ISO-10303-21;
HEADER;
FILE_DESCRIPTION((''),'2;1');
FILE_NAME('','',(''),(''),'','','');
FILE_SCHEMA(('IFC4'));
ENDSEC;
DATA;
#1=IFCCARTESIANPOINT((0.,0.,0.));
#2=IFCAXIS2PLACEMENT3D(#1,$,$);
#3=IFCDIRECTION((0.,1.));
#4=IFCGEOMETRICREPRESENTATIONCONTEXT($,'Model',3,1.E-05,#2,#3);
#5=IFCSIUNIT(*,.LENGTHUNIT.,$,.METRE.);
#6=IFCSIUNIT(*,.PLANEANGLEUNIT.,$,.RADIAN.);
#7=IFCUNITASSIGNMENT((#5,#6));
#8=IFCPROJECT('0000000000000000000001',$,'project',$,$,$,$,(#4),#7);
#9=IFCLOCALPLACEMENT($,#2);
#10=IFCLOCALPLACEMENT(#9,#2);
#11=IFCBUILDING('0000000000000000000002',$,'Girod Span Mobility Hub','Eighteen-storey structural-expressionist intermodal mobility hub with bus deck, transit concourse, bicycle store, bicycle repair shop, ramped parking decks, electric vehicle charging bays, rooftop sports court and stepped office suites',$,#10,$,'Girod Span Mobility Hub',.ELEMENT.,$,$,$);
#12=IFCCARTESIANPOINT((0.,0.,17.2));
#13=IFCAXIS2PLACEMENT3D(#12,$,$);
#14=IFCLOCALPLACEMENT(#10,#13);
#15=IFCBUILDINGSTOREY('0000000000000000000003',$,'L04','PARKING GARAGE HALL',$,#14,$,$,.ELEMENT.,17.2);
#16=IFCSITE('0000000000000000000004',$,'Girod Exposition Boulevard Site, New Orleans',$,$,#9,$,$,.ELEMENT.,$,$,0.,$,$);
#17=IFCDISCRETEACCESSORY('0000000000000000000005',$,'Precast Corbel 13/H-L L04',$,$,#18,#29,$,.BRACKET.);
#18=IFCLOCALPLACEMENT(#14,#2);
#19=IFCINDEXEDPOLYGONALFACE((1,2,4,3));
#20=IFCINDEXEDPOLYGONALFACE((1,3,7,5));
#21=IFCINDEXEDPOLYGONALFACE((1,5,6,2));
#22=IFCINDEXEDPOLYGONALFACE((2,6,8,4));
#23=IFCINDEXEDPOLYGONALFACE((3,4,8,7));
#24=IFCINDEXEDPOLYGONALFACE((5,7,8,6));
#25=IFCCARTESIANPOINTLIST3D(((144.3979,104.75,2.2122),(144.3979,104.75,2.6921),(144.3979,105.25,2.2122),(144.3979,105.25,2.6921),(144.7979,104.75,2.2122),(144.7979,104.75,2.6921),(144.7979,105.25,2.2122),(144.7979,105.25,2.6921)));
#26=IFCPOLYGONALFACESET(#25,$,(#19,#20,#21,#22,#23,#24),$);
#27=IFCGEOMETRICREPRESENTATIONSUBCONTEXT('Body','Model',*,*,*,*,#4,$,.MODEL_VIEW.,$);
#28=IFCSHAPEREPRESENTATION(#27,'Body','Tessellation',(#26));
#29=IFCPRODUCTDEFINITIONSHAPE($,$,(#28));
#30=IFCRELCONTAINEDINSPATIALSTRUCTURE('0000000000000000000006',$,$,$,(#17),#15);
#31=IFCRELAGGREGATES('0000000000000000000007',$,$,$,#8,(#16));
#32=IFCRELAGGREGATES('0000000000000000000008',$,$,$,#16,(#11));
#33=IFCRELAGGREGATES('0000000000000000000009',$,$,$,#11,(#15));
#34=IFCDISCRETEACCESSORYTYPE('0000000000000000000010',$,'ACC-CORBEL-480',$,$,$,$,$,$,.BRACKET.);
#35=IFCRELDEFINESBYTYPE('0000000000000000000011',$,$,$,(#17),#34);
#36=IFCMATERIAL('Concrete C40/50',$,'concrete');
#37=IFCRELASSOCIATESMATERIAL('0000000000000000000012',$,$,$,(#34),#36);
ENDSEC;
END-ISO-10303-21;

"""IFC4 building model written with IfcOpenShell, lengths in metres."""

from ifc_helpers import new_model, si_unit, direction, frame, origin, origin_2d, place, context, subcontext, project, spatial, rectangle, extrude, material, type_object, element, save


model = new_model("IFC4")

# Units and contexts
model_context = context("Model", 3, precision=1e-05, world=origin(), true_north=direction((0.0, 1.0)))
body_context = subcontext(model_context, "Body", "Model", "MODEL_VIEW")
ifc_project = project(units=[si_unit("LENGTHUNIT", "METRE"), si_unit("PLANEANGLEUNIT", "RADIAN")], contexts=[model_context])

# Site, building, storey
site_placement = place(None, origin())
site = spatial("IfcSite", under=ifc_project, at=site_placement, Name="Girod Exposition Boulevard Site, New Orleans", CompositionType="ELEMENT", RefElevation=0.0)
building_placement = place(site_placement, origin())
building = spatial("IfcBuilding", under=site, at=building_placement, Name="Girod Span Mobility Hub", Description="Eighteen-storey structural-expressionist intermodal mobility hub with bus deck, transit concourse, bicycle store, bicycle repair shop, ramped parking decks, electric vehicle charging bays, rooftop sports court and stepped office suites", LongName="Girod Span Mobility Hub", CompositionType="ELEMENT")
storey_placement = place(building_placement, frame((0.0, 0.0, 17.2)))
storey = spatial("IfcBuildingStorey", under=building, at=storey_placement, Name="L04", Description="PARKING GARAGE HALL", CompositionType="ELEMENT", Elevation=17.2)

# Discrete accessory
ifc_material_1 = material(Name="Concrete C40/50", Category="concrete")
discrete_accessory_type = type_object("IfcDiscreteAccessoryType", Name="ACC-CORBEL-480", PredefinedType="BRACKET", material=ifc_material_1)
for number, where, z_axis, x_axis, name in (
    (1, (144.5979, 105.0, 2.2122), (0.0, 0.0, 1.0), (1.0, 0.0, 0.0), "Precast Corbel 13/H-L L04"),
):
    element("IfcDiscreteAccessory", number, at=place(storey_placement, frame(where, z_axis=z_axis, x_axis=x_axis)), inside=storey, type_object=discrete_accessory_type, Name=name, PredefinedType="BRACKET", context=body_context, shape_type="SweptSolid", body=[
        extrude(rectangle(XDim=0.3999, YDim=0.5, at=origin_2d()), origin(), (0.0, 0.0, 1.0), 0.48),
    ])

save(model, "model.ifc")
